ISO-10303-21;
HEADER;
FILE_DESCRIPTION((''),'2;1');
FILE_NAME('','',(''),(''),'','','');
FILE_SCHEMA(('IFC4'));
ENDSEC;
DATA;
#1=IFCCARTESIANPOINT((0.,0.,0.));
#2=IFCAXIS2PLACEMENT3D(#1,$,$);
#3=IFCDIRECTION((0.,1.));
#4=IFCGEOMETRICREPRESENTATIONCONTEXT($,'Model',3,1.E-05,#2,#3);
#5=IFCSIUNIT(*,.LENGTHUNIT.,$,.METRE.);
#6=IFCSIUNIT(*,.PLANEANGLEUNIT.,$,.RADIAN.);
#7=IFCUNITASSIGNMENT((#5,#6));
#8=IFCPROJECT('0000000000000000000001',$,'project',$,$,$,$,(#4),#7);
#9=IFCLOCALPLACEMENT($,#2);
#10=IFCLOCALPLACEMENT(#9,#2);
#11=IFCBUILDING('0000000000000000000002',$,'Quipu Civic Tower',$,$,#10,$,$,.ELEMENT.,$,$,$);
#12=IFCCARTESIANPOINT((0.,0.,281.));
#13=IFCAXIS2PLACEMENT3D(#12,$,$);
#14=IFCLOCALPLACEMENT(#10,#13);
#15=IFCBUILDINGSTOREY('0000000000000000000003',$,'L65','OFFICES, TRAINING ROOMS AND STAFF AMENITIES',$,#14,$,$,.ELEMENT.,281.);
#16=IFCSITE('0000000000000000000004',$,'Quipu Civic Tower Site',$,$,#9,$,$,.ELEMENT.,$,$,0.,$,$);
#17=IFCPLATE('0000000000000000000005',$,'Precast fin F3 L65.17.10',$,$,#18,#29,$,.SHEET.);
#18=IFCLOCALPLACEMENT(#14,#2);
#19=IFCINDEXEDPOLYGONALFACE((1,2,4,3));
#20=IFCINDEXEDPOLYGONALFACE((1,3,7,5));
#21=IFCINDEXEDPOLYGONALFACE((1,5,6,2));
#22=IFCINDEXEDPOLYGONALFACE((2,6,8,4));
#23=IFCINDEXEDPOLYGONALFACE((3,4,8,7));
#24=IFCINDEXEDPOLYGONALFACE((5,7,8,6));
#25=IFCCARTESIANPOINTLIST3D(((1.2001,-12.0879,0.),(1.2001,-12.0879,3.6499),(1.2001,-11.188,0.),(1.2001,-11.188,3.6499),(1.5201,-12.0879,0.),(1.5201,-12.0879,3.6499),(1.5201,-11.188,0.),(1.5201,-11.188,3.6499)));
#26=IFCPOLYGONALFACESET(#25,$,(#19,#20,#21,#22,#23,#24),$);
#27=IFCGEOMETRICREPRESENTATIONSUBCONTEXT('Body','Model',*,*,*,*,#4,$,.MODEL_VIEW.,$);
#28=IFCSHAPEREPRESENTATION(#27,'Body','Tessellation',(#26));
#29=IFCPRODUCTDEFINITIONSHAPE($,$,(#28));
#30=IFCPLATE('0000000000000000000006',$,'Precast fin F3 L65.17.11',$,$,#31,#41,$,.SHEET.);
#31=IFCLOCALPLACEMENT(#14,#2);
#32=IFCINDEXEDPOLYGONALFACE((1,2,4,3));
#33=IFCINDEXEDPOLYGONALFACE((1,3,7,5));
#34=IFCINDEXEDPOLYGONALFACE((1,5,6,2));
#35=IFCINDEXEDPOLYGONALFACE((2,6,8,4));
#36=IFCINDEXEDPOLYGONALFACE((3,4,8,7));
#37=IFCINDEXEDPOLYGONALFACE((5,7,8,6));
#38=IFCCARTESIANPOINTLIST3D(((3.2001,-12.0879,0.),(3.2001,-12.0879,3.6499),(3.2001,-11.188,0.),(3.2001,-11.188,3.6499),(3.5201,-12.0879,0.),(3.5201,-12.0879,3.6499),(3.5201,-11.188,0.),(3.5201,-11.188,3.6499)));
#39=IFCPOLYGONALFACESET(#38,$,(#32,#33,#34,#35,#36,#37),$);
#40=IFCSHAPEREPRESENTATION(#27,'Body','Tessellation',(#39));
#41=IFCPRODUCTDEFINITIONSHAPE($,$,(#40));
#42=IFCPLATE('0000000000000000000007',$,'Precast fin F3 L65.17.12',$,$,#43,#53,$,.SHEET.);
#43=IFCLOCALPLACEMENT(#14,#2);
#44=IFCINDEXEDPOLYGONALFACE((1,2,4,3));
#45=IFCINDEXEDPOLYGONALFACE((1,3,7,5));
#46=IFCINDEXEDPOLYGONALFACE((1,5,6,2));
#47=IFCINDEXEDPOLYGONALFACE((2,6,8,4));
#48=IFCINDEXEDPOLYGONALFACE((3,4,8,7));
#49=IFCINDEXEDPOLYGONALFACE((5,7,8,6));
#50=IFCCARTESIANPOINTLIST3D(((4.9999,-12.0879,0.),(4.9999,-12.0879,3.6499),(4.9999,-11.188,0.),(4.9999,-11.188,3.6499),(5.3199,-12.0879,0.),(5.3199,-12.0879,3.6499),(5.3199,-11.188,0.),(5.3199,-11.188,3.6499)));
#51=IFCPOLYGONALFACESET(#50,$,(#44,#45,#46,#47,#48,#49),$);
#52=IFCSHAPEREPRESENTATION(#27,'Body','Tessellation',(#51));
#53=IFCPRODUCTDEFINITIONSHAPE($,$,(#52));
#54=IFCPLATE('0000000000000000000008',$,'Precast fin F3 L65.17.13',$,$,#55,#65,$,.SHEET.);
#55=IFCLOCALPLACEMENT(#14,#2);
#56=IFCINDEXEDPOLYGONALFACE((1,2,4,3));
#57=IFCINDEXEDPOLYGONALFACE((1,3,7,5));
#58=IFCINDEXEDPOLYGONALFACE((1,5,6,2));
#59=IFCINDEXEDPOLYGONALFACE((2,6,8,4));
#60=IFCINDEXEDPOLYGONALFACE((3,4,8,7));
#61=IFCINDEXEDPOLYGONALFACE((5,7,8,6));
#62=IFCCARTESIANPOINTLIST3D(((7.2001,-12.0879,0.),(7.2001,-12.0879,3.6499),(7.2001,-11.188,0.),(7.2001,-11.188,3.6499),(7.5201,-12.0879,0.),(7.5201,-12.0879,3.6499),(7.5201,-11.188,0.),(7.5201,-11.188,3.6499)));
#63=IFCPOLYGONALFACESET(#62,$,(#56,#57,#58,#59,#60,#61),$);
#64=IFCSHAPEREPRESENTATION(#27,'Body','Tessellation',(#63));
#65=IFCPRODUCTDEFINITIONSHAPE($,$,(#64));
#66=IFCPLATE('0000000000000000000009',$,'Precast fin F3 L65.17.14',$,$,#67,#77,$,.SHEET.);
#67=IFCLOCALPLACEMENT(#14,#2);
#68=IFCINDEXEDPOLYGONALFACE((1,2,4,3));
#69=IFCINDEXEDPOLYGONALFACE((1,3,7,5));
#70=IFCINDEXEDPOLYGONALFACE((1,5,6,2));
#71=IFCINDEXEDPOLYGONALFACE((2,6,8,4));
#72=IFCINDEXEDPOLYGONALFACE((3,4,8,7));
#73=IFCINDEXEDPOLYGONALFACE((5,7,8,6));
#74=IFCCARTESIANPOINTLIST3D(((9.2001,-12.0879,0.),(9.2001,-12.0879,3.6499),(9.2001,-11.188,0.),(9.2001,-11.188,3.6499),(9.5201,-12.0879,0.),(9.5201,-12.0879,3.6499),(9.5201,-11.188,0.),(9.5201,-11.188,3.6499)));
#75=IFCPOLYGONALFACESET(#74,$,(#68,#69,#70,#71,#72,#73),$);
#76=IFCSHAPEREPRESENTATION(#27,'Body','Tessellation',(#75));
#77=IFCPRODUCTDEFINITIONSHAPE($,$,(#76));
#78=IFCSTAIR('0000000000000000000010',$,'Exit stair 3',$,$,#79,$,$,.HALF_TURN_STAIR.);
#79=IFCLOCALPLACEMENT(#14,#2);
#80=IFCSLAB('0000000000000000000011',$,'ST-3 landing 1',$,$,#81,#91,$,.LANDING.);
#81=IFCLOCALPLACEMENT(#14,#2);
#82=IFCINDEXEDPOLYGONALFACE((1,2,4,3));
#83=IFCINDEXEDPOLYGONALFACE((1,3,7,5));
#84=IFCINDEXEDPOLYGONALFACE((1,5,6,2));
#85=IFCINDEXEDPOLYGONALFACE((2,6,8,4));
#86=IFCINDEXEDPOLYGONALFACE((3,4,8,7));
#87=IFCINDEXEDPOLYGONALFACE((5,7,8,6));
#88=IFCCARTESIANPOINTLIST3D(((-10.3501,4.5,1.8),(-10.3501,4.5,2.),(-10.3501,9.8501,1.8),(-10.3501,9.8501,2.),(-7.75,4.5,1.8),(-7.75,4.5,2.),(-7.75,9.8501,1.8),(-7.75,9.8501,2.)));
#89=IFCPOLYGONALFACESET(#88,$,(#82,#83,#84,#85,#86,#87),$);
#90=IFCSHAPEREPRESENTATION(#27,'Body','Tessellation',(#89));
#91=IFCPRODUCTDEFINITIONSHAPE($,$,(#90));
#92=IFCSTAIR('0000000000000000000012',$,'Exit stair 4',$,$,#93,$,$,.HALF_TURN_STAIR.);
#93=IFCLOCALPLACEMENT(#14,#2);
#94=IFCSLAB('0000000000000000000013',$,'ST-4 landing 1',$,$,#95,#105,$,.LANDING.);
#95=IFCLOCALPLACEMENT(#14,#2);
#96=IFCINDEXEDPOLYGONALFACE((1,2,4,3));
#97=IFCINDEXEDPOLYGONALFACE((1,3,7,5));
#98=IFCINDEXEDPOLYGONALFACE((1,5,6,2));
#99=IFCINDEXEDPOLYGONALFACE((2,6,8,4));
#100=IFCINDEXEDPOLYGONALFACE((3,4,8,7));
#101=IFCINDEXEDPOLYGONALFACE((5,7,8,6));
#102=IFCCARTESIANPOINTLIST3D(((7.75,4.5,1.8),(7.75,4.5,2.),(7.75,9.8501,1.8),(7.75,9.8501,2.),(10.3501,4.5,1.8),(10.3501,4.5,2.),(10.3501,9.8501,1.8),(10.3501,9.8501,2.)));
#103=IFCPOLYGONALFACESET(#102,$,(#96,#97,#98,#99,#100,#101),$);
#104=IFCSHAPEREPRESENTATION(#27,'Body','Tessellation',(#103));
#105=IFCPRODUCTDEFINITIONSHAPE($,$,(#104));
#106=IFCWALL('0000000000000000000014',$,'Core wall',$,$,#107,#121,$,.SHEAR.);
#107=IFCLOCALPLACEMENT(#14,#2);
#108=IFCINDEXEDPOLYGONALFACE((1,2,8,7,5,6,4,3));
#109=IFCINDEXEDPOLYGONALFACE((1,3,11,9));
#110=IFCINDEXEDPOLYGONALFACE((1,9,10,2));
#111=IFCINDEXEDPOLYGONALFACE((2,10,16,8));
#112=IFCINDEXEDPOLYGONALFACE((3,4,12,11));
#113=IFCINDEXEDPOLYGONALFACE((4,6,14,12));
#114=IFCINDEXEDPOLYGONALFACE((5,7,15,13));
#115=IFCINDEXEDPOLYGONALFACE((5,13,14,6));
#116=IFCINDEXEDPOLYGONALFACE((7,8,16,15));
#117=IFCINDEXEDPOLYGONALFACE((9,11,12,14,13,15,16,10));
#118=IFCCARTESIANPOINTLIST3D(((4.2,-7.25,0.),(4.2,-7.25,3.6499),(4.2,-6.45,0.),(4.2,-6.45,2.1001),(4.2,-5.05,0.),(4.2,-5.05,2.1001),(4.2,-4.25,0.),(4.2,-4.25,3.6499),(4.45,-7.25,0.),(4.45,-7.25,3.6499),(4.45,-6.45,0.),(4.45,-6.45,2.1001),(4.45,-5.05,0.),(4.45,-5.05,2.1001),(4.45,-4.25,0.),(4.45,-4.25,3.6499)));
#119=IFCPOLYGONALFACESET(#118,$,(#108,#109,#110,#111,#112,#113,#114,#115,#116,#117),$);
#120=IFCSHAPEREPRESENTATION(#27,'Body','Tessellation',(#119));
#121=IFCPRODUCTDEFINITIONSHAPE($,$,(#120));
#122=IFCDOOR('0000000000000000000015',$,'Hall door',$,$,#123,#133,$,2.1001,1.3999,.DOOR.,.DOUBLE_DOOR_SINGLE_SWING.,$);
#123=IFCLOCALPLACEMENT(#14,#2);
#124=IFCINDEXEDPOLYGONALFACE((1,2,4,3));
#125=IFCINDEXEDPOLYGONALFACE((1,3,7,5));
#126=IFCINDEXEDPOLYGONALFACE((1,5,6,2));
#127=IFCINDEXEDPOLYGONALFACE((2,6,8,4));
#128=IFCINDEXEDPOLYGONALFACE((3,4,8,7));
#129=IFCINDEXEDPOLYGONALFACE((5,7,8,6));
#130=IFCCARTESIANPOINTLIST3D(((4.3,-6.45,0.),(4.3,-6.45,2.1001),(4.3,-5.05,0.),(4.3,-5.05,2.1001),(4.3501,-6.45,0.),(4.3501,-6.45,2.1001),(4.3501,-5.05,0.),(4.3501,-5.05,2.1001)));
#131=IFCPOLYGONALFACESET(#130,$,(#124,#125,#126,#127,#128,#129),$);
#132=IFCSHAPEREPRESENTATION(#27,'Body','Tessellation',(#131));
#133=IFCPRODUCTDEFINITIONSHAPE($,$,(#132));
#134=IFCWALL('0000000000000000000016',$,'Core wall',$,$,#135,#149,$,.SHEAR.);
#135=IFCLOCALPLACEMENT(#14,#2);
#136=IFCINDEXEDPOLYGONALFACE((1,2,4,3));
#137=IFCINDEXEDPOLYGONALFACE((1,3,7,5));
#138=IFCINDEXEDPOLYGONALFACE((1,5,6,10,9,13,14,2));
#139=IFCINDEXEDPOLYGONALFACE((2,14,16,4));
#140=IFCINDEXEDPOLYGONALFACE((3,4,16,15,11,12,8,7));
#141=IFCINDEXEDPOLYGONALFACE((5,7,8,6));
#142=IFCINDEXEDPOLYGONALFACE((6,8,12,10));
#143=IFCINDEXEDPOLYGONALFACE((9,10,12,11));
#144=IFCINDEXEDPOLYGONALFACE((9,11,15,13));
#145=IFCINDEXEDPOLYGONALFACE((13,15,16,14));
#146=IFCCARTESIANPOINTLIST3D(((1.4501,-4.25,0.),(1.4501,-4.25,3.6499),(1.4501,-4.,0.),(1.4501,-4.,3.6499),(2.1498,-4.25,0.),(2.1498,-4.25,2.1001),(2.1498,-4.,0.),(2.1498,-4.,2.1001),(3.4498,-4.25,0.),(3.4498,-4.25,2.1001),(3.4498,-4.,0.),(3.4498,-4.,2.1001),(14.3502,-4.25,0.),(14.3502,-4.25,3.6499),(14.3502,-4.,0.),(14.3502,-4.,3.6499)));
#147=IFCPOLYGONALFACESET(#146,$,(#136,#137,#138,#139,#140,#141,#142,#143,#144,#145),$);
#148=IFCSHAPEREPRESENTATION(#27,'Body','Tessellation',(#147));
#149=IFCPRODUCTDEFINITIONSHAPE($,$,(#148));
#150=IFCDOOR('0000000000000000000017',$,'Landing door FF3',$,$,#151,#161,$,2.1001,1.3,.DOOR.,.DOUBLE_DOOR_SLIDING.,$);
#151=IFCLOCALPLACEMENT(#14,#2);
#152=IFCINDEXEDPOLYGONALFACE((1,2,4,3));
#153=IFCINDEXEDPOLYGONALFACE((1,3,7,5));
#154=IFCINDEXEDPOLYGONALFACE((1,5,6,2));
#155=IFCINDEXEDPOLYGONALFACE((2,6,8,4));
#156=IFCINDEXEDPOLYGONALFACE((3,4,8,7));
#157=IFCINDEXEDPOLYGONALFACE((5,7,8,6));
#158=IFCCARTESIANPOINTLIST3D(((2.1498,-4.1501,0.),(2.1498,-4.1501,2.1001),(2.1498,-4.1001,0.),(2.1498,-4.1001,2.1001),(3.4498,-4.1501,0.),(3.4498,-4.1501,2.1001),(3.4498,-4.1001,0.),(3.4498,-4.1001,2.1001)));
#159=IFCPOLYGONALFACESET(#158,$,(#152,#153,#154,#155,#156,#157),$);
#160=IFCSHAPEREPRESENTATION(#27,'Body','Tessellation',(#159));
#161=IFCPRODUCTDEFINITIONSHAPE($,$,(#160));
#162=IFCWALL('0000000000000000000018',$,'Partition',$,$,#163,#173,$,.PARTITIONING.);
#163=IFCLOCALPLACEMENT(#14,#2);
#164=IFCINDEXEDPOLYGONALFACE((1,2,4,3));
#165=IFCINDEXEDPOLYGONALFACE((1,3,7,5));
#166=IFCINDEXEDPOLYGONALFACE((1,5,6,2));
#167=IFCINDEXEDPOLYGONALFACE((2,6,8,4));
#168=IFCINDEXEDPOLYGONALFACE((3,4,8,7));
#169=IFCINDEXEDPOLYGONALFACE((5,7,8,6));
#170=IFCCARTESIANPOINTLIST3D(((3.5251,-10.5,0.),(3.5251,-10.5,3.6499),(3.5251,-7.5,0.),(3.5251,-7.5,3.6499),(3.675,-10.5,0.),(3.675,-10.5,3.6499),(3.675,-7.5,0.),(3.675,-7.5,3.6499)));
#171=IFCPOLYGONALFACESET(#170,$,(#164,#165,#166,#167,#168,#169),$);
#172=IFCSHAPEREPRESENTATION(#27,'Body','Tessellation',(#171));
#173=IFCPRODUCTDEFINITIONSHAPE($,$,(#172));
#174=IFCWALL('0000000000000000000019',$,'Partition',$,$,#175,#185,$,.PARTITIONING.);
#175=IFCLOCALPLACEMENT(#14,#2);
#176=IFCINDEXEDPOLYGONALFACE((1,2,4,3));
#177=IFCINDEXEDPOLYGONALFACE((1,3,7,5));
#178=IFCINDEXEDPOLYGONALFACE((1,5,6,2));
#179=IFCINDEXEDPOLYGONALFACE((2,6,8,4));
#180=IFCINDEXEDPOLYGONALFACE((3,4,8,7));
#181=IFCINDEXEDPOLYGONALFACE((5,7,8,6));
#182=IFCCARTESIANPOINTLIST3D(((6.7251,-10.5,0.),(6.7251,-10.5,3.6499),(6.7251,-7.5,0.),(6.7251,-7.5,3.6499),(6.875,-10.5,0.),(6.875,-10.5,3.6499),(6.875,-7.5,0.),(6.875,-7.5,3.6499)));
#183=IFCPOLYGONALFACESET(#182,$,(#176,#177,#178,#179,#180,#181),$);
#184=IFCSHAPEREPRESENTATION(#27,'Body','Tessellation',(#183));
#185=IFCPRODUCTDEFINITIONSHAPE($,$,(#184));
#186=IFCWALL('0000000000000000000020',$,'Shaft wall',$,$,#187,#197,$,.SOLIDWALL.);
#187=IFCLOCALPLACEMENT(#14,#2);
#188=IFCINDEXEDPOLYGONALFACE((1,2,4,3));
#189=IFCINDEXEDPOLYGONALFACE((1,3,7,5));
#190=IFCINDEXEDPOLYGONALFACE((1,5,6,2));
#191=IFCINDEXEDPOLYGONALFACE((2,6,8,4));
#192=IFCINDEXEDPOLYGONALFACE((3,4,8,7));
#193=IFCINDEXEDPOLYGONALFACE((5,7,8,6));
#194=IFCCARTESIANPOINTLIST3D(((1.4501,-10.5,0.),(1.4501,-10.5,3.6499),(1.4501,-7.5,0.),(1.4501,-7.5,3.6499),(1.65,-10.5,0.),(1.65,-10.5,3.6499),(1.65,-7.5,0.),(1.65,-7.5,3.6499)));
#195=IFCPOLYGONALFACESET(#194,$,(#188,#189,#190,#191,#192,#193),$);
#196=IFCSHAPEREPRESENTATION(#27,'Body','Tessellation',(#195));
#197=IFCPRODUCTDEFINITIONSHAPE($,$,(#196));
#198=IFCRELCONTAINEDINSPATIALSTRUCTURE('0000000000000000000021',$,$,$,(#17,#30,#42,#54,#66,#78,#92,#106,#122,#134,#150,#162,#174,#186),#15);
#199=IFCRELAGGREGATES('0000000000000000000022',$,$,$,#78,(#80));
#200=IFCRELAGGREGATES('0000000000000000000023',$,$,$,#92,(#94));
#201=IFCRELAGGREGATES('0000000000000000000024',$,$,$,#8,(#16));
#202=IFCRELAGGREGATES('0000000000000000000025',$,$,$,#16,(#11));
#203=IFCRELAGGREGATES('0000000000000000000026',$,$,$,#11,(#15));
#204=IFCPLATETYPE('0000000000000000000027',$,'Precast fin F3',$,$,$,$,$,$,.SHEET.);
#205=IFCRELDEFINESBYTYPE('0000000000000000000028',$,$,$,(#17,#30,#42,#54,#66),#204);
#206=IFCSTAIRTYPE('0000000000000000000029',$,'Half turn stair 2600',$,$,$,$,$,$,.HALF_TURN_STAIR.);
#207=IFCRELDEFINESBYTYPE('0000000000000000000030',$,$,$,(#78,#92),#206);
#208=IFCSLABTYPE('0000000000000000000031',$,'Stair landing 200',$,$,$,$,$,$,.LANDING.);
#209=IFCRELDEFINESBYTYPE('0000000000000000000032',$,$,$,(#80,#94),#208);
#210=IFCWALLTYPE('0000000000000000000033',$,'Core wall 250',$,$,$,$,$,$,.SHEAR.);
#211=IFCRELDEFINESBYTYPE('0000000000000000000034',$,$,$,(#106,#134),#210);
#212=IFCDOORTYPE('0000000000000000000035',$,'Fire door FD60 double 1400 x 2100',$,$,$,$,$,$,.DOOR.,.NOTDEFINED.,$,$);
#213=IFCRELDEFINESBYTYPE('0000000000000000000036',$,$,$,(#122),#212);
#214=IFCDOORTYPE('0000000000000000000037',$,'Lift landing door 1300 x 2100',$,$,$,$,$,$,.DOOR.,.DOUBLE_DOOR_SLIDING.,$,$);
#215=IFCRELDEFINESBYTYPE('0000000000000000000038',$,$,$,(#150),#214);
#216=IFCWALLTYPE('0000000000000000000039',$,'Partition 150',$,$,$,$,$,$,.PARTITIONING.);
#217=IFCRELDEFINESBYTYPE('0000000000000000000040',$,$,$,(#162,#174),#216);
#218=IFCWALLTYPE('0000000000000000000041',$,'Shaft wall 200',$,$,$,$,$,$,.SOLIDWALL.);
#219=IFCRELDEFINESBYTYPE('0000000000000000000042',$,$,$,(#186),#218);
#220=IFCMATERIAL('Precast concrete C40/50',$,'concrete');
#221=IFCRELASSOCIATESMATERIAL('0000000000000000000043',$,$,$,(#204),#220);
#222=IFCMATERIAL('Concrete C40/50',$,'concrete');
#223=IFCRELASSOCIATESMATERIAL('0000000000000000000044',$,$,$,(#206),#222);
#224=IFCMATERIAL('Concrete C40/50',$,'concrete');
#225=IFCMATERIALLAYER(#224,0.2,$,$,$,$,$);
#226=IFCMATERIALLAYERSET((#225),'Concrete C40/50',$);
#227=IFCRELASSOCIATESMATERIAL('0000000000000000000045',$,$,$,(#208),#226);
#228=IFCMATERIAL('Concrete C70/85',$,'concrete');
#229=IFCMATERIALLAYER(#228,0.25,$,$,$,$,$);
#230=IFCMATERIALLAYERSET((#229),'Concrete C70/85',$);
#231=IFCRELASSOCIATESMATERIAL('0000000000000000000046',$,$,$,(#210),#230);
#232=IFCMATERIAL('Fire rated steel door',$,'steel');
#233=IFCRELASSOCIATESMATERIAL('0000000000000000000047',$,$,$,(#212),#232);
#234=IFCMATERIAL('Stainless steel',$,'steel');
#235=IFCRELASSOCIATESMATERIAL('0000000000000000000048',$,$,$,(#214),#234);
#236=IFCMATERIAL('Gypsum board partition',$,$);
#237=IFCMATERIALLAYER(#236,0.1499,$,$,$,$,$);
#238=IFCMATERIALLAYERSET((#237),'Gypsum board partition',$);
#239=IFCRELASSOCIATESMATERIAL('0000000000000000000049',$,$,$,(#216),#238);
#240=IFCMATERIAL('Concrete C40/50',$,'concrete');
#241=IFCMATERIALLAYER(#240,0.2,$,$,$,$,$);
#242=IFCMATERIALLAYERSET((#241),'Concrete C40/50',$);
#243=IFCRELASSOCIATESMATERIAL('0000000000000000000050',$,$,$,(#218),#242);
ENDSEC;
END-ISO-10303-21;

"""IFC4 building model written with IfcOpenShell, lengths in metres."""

from ifc_helpers import new_model, si_unit, direction, frame, frame_2d, origin, origin_2d, place, context, subcontext, project, spatial, polyline, rectangle, outline, extrude, material, layer, layer_set, type_object, element, fill, aggregate, save


model = new_model("IFC4")

# Units and contexts
model_context = context("Model", 3, precision=1e-05, world=origin(), true_north=direction((0.0, 1.0)))
body_context = subcontext(model_context, "Body", "Model", "MODEL_VIEW")
ifc_project = project(units=[si_unit("LENGTHUNIT", "METRE"), si_unit("PLANEANGLEUNIT", "RADIAN")], contexts=[model_context])

# Site, building, storey
site_placement = place(None, origin())
site = spatial("IfcSite", under=ifc_project, at=site_placement, Name="Quipu Civic Tower Site", CompositionType="ELEMENT", RefElevation=0.0)
building_placement = place(site_placement, origin())
building = spatial("IfcBuilding", under=site, at=building_placement, Name="Quipu Civic Tower", CompositionType="ELEMENT")
storey_placement = place(building_placement, frame((0.0, 0.0, 281.0)))
storey = spatial("IfcBuildingStorey", under=building, at=storey_placement, Name="L65", Description="OFFICES, TRAINING ROOMS AND STAFF AMENITIES", CompositionType="ELEMENT", Elevation=281.0)

# Plates
ifc_material_1 = material(Name="Precast concrete C40/50", Category="concrete")
plate_type = type_object("IfcPlateType", Name="Precast fin F3", PredefinedType="SHEET", material=ifc_material_1)
for number, where, z_axis, x_axis, name in (
    (1, (1.3601, -11.6379, 0.0), (0.0, 0.0, 1.0), (1.0, 0.0, 0.0), "Precast fin F3 L65.17.10"),
    (2, (3.3601, -11.6379, 0.0), (0.0, 0.0, 1.0), (1.0, 0.0, 0.0), "Precast fin F3 L65.17.11"),
    (3, (5.1599, -11.6379, 0.0), (0.0, 0.0, 1.0), (1.0, 0.0, 0.0), "Precast fin F3 L65.17.12"),
    (4, (7.3601, -11.6379, 0.0), (0.0, 0.0, 1.0), (1.0, 0.0, 0.0), "Precast fin F3 L65.17.13"),
    (5, (9.3601, -11.6379, 0.0), (0.0, 0.0, 1.0), (1.0, 0.0, 0.0), "Precast fin F3 L65.17.14"),
):
    element("IfcPlate", number, at=place(storey_placement, frame(where, z_axis=z_axis, x_axis=x_axis)), inside=storey, type_object=plate_type, Name=name, PredefinedType="SHEET", context=body_context, shape_type="SweptSolid", body=[
        extrude(rectangle(XDim=0.3201, YDim=0.8999, at=origin_2d()), origin(), (0.0, 0.0, 1.0), 3.6499),
    ])

# Stairs, slabs
ifc_material_2 = material(Name="Concrete C40/50", Category="concrete")
stair_type = type_object("IfcStairType", Name="Half turn stair 2600", PredefinedType="HALF_TURN_STAIR", material=ifc_material_2)
stair_1_placement = place(storey_placement, origin())
stair_1 = element("IfcStair", 6, at=stair_1_placement, inside=storey, type_object=stair_type, Name="Exit stair 3", PredefinedType="HALF_TURN_STAIR")
ifc_material_3 = material(Name="Concrete C40/50", Category="concrete")
ifc_layer_1 = layer(ifc_material_3, 0.2)
ifc_layer_set_1 = layer_set([ifc_layer_1], Name="Concrete C40/50")
slab_type = type_object("IfcSlabType", Name="Stair landing 200", PredefinedType="LANDING", material=ifc_layer_set_1)
slab_1_placement = place(storey_placement, frame((0.0, 0.0, 1.8)))
slab_1 = element("IfcSlab", 7, at=slab_1_placement, type_object=slab_type, Name="ST-3 landing 1", PredefinedType="LANDING", context=body_context, shape_type="SweptSolid", body=[
    extrude(outline(polyline([(-10.3501, 4.5), (-7.75, 4.5), (-7.75, 9.8501), (-10.3501, 9.8501), (-10.3501, 4.5)])), origin(), (0.0, 0.0, 1.0), 0.2),
])
aggregate(stair_1, [slab_1])
stair_2_placement = place(storey_placement, origin())
stair_2 = element("IfcStair", 8, at=stair_2_placement, inside=storey, type_object=stair_type, Name="Exit stair 4", PredefinedType="HALF_TURN_STAIR")
slab_2_placement = place(storey_placement, frame((0.0, 0.0, 1.8)))
slab_2 = element("IfcSlab", 9, at=slab_2_placement, type_object=slab_type, Name="ST-4 landing 1", PredefinedType="LANDING", context=body_context, shape_type="SweptSolid", body=[
    extrude(outline(polyline([(10.3501, 9.8501), (7.75, 9.8501), (7.75, 4.5), (10.3501, 4.5), (10.3501, 9.8501)])), origin(), (0.0, 0.0, 1.0), 0.2),
])
aggregate(stair_2, [slab_2])

# Walls, openings, doors
ifc_material_4 = material(Name="Concrete C70/85", Category="concrete")
ifc_layer_2 = layer(ifc_material_4, 0.25)
ifc_layer_set_2 = layer_set([ifc_layer_2], Name="Concrete C70/85")
wall_type_1 = type_object("IfcWallType", Name="Core wall 250", PredefinedType="SHEAR", material=ifc_layer_set_2)
wall_1_placement = place(storey_placement, frame((4.325, -7.25, 0.0), z_axis=(0.0, 0.0, 1.0), x_axis=(0.0, 1.0, 0.0)))
wall_1 = element("IfcWall", 10, at=wall_1_placement, inside=storey, type_object=wall_type_1, Name="Core wall", PredefinedType="SHEAR", context=body_context, shape_type="SweptSolid", body=[
    extrude(rectangle(XDim=3.0, YDim=0.25, at=frame_2d((1.5, 0.0))), origin(), (0.0, 0.0, 1.0), 3.6499),
])
opening_1_placement = place(wall_1_placement, frame((0.8, 0.0, 0.0)))
opening_1 = element("IfcOpeningElement", 11, at=opening_1_placement, cuts=wall_1, PredefinedType="OPENING", context=body_context, shape_type="SweptSolid", body=[
    extrude(rectangle(XDim=1.3999, YDim=2.1001, at=frame_2d((0.7, 1.05))), frame((0.0, 0.135, 0.0), z_axis=(0.0, -1.0, 0.0), x_axis=(1.0, 0.0, 0.0)), (0.0, 0.0, 1.0), 0.27),
])
ifc_material_5 = material(Name="Fire rated steel door", Category="steel")
door_type_1 = type_object("IfcDoorType", Name="Fire door FD60 double 1400 x 2100", OperationType="NOTDEFINED", PredefinedType="DOOR", material=ifc_material_5)
door_1_placement = place(opening_1_placement, origin())
door_1 = element("IfcDoor", 12, at=door_1_placement, inside=storey, type_object=door_type_1, Name="Hall door", OperationType="DOUBLE_DOOR_SINGLE_SWING", OverallHeight=2.1001, OverallWidth=1.3999, PredefinedType="DOOR", context=body_context, shape_type="SweptSolid", body=[
    extrude(rectangle(XDim=1.3999, YDim=2.1001, at=frame_2d((0.7, 1.05))), frame((0.0, 0.0249, 0.0), z_axis=(0.0, -1.0, 0.0), x_axis=(1.0, 0.0, 0.0)), (0.0, 0.0, 1.0), 0.05),
])
fill(opening_1, door_1)
wall_2_placement = place(storey_placement, frame((1.45, -4.125, 0.0), z_axis=(0.0, 0.0, 1.0), x_axis=(1.0, 0.0, 0.0)))
wall_2 = element("IfcWall", 13, at=wall_2_placement, inside=storey, type_object=wall_type_1, Name="Core wall", PredefinedType="SHEAR", context=body_context, shape_type="SweptSolid", body=[
    extrude(rectangle(XDim=12.9001, YDim=0.25, at=frame_2d((6.4502, 0.0))), origin(), (0.0, 0.0, 1.0), 3.6499),
])
opening_2_placement = place(wall_2_placement, frame((0.7, 0.0, 0.0)))
opening_2 = element("IfcOpeningElement", 14, at=opening_2_placement, cuts=wall_2, PredefinedType="OPENING", context=body_context, shape_type="SweptSolid", body=[
    extrude(rectangle(XDim=1.3, YDim=2.1001, at=frame_2d((0.6499, 1.05))), frame((0.0, 0.135, 0.0), z_axis=(0.0, -1.0, 0.0), x_axis=(1.0, 0.0, 0.0)), (0.0, 0.0, 1.0), 0.27),
])
ifc_material_6 = material(Name="Stainless steel", Category="steel")
door_type_2 = type_object("IfcDoorType", Name="Lift landing door 1300 x 2100", OperationType="DOUBLE_DOOR_SLIDING", PredefinedType="DOOR", material=ifc_material_6)
door_2_placement = place(opening_2_placement, origin())
door_2 = element("IfcDoor", 15, at=door_2_placement, inside=storey, type_object=door_type_2, Name="Landing door FF3", OperationType="DOUBLE_DOOR_SLIDING", OverallHeight=2.1001, OverallWidth=1.3, PredefinedType="DOOR", context=body_context, shape_type="SweptSolid", body=[
    extrude(rectangle(XDim=1.3, YDim=2.1001, at=frame_2d((0.6499, 1.05))), frame((0.0, 0.0249, 0.0), z_axis=(0.0, -1.0, 0.0), x_axis=(1.0, 0.0, 0.0)), (0.0, 0.0, 1.0), 0.05),
])
fill(opening_2, door_2)

# Walls
ifc_material_7 = material(Name="Gypsum board partition")
ifc_layer_3 = layer(ifc_material_7, 0.1499)
ifc_layer_set_3 = layer_set([ifc_layer_3], Name="Gypsum board partition")
wall_type_2 = type_object("IfcWallType", Name="Partition 150", PredefinedType="PARTITIONING", material=ifc_layer_set_3)
for number, where, z_axis, x_axis, name in (
    (16, (3.6001, -10.5, 0.0), (0.0, 0.0, 1.0), (0.0, 1.0, 0.0), "Partition"),
    (17, (6.8, -10.5, 0.0), (0.0, 0.0, 1.0), (0.0, 1.0, 0.0), "Partition"),
):
    element("IfcWall", number, at=place(storey_placement, frame(where, z_axis=z_axis, x_axis=x_axis)), inside=storey, type_object=wall_type_2, Name=name, PredefinedType="PARTITIONING", context=body_context, shape_type="SweptSolid", body=[
        extrude(rectangle(XDim=3.0, YDim=0.1499, at=frame_2d((1.5, 0.0))), origin(), (0.0, 0.0, 1.0), 3.6499),
    ])
ifc_material_8 = material(Name="Concrete C40/50", Category="concrete")
ifc_layer_4 = layer(ifc_material_8, 0.2)
ifc_layer_set_4 = layer_set([ifc_layer_4], Name="Concrete C40/50")
wall_type_3 = type_object("IfcWallType", Name="Shaft wall 200", PredefinedType="SOLIDWALL", material=ifc_layer_set_4)
wall_3_placement = place(storey_placement, frame((1.55, -10.5, 0.0), z_axis=(0.0, 0.0, 1.0), x_axis=(0.0, 1.0, 0.0)))
element("IfcWall", 18, at=wall_3_placement, inside=storey, type_object=wall_type_3, Name="Shaft wall", PredefinedType="SOLIDWALL", context=body_context, shape_type="SweptSolid", body=[
    extrude(rectangle(XDim=3.0, YDim=0.2, at=frame_2d((1.5, 0.0))), origin(), (0.0, 0.0, 1.0), 3.6499),
])

save(model, "model.ifc")
